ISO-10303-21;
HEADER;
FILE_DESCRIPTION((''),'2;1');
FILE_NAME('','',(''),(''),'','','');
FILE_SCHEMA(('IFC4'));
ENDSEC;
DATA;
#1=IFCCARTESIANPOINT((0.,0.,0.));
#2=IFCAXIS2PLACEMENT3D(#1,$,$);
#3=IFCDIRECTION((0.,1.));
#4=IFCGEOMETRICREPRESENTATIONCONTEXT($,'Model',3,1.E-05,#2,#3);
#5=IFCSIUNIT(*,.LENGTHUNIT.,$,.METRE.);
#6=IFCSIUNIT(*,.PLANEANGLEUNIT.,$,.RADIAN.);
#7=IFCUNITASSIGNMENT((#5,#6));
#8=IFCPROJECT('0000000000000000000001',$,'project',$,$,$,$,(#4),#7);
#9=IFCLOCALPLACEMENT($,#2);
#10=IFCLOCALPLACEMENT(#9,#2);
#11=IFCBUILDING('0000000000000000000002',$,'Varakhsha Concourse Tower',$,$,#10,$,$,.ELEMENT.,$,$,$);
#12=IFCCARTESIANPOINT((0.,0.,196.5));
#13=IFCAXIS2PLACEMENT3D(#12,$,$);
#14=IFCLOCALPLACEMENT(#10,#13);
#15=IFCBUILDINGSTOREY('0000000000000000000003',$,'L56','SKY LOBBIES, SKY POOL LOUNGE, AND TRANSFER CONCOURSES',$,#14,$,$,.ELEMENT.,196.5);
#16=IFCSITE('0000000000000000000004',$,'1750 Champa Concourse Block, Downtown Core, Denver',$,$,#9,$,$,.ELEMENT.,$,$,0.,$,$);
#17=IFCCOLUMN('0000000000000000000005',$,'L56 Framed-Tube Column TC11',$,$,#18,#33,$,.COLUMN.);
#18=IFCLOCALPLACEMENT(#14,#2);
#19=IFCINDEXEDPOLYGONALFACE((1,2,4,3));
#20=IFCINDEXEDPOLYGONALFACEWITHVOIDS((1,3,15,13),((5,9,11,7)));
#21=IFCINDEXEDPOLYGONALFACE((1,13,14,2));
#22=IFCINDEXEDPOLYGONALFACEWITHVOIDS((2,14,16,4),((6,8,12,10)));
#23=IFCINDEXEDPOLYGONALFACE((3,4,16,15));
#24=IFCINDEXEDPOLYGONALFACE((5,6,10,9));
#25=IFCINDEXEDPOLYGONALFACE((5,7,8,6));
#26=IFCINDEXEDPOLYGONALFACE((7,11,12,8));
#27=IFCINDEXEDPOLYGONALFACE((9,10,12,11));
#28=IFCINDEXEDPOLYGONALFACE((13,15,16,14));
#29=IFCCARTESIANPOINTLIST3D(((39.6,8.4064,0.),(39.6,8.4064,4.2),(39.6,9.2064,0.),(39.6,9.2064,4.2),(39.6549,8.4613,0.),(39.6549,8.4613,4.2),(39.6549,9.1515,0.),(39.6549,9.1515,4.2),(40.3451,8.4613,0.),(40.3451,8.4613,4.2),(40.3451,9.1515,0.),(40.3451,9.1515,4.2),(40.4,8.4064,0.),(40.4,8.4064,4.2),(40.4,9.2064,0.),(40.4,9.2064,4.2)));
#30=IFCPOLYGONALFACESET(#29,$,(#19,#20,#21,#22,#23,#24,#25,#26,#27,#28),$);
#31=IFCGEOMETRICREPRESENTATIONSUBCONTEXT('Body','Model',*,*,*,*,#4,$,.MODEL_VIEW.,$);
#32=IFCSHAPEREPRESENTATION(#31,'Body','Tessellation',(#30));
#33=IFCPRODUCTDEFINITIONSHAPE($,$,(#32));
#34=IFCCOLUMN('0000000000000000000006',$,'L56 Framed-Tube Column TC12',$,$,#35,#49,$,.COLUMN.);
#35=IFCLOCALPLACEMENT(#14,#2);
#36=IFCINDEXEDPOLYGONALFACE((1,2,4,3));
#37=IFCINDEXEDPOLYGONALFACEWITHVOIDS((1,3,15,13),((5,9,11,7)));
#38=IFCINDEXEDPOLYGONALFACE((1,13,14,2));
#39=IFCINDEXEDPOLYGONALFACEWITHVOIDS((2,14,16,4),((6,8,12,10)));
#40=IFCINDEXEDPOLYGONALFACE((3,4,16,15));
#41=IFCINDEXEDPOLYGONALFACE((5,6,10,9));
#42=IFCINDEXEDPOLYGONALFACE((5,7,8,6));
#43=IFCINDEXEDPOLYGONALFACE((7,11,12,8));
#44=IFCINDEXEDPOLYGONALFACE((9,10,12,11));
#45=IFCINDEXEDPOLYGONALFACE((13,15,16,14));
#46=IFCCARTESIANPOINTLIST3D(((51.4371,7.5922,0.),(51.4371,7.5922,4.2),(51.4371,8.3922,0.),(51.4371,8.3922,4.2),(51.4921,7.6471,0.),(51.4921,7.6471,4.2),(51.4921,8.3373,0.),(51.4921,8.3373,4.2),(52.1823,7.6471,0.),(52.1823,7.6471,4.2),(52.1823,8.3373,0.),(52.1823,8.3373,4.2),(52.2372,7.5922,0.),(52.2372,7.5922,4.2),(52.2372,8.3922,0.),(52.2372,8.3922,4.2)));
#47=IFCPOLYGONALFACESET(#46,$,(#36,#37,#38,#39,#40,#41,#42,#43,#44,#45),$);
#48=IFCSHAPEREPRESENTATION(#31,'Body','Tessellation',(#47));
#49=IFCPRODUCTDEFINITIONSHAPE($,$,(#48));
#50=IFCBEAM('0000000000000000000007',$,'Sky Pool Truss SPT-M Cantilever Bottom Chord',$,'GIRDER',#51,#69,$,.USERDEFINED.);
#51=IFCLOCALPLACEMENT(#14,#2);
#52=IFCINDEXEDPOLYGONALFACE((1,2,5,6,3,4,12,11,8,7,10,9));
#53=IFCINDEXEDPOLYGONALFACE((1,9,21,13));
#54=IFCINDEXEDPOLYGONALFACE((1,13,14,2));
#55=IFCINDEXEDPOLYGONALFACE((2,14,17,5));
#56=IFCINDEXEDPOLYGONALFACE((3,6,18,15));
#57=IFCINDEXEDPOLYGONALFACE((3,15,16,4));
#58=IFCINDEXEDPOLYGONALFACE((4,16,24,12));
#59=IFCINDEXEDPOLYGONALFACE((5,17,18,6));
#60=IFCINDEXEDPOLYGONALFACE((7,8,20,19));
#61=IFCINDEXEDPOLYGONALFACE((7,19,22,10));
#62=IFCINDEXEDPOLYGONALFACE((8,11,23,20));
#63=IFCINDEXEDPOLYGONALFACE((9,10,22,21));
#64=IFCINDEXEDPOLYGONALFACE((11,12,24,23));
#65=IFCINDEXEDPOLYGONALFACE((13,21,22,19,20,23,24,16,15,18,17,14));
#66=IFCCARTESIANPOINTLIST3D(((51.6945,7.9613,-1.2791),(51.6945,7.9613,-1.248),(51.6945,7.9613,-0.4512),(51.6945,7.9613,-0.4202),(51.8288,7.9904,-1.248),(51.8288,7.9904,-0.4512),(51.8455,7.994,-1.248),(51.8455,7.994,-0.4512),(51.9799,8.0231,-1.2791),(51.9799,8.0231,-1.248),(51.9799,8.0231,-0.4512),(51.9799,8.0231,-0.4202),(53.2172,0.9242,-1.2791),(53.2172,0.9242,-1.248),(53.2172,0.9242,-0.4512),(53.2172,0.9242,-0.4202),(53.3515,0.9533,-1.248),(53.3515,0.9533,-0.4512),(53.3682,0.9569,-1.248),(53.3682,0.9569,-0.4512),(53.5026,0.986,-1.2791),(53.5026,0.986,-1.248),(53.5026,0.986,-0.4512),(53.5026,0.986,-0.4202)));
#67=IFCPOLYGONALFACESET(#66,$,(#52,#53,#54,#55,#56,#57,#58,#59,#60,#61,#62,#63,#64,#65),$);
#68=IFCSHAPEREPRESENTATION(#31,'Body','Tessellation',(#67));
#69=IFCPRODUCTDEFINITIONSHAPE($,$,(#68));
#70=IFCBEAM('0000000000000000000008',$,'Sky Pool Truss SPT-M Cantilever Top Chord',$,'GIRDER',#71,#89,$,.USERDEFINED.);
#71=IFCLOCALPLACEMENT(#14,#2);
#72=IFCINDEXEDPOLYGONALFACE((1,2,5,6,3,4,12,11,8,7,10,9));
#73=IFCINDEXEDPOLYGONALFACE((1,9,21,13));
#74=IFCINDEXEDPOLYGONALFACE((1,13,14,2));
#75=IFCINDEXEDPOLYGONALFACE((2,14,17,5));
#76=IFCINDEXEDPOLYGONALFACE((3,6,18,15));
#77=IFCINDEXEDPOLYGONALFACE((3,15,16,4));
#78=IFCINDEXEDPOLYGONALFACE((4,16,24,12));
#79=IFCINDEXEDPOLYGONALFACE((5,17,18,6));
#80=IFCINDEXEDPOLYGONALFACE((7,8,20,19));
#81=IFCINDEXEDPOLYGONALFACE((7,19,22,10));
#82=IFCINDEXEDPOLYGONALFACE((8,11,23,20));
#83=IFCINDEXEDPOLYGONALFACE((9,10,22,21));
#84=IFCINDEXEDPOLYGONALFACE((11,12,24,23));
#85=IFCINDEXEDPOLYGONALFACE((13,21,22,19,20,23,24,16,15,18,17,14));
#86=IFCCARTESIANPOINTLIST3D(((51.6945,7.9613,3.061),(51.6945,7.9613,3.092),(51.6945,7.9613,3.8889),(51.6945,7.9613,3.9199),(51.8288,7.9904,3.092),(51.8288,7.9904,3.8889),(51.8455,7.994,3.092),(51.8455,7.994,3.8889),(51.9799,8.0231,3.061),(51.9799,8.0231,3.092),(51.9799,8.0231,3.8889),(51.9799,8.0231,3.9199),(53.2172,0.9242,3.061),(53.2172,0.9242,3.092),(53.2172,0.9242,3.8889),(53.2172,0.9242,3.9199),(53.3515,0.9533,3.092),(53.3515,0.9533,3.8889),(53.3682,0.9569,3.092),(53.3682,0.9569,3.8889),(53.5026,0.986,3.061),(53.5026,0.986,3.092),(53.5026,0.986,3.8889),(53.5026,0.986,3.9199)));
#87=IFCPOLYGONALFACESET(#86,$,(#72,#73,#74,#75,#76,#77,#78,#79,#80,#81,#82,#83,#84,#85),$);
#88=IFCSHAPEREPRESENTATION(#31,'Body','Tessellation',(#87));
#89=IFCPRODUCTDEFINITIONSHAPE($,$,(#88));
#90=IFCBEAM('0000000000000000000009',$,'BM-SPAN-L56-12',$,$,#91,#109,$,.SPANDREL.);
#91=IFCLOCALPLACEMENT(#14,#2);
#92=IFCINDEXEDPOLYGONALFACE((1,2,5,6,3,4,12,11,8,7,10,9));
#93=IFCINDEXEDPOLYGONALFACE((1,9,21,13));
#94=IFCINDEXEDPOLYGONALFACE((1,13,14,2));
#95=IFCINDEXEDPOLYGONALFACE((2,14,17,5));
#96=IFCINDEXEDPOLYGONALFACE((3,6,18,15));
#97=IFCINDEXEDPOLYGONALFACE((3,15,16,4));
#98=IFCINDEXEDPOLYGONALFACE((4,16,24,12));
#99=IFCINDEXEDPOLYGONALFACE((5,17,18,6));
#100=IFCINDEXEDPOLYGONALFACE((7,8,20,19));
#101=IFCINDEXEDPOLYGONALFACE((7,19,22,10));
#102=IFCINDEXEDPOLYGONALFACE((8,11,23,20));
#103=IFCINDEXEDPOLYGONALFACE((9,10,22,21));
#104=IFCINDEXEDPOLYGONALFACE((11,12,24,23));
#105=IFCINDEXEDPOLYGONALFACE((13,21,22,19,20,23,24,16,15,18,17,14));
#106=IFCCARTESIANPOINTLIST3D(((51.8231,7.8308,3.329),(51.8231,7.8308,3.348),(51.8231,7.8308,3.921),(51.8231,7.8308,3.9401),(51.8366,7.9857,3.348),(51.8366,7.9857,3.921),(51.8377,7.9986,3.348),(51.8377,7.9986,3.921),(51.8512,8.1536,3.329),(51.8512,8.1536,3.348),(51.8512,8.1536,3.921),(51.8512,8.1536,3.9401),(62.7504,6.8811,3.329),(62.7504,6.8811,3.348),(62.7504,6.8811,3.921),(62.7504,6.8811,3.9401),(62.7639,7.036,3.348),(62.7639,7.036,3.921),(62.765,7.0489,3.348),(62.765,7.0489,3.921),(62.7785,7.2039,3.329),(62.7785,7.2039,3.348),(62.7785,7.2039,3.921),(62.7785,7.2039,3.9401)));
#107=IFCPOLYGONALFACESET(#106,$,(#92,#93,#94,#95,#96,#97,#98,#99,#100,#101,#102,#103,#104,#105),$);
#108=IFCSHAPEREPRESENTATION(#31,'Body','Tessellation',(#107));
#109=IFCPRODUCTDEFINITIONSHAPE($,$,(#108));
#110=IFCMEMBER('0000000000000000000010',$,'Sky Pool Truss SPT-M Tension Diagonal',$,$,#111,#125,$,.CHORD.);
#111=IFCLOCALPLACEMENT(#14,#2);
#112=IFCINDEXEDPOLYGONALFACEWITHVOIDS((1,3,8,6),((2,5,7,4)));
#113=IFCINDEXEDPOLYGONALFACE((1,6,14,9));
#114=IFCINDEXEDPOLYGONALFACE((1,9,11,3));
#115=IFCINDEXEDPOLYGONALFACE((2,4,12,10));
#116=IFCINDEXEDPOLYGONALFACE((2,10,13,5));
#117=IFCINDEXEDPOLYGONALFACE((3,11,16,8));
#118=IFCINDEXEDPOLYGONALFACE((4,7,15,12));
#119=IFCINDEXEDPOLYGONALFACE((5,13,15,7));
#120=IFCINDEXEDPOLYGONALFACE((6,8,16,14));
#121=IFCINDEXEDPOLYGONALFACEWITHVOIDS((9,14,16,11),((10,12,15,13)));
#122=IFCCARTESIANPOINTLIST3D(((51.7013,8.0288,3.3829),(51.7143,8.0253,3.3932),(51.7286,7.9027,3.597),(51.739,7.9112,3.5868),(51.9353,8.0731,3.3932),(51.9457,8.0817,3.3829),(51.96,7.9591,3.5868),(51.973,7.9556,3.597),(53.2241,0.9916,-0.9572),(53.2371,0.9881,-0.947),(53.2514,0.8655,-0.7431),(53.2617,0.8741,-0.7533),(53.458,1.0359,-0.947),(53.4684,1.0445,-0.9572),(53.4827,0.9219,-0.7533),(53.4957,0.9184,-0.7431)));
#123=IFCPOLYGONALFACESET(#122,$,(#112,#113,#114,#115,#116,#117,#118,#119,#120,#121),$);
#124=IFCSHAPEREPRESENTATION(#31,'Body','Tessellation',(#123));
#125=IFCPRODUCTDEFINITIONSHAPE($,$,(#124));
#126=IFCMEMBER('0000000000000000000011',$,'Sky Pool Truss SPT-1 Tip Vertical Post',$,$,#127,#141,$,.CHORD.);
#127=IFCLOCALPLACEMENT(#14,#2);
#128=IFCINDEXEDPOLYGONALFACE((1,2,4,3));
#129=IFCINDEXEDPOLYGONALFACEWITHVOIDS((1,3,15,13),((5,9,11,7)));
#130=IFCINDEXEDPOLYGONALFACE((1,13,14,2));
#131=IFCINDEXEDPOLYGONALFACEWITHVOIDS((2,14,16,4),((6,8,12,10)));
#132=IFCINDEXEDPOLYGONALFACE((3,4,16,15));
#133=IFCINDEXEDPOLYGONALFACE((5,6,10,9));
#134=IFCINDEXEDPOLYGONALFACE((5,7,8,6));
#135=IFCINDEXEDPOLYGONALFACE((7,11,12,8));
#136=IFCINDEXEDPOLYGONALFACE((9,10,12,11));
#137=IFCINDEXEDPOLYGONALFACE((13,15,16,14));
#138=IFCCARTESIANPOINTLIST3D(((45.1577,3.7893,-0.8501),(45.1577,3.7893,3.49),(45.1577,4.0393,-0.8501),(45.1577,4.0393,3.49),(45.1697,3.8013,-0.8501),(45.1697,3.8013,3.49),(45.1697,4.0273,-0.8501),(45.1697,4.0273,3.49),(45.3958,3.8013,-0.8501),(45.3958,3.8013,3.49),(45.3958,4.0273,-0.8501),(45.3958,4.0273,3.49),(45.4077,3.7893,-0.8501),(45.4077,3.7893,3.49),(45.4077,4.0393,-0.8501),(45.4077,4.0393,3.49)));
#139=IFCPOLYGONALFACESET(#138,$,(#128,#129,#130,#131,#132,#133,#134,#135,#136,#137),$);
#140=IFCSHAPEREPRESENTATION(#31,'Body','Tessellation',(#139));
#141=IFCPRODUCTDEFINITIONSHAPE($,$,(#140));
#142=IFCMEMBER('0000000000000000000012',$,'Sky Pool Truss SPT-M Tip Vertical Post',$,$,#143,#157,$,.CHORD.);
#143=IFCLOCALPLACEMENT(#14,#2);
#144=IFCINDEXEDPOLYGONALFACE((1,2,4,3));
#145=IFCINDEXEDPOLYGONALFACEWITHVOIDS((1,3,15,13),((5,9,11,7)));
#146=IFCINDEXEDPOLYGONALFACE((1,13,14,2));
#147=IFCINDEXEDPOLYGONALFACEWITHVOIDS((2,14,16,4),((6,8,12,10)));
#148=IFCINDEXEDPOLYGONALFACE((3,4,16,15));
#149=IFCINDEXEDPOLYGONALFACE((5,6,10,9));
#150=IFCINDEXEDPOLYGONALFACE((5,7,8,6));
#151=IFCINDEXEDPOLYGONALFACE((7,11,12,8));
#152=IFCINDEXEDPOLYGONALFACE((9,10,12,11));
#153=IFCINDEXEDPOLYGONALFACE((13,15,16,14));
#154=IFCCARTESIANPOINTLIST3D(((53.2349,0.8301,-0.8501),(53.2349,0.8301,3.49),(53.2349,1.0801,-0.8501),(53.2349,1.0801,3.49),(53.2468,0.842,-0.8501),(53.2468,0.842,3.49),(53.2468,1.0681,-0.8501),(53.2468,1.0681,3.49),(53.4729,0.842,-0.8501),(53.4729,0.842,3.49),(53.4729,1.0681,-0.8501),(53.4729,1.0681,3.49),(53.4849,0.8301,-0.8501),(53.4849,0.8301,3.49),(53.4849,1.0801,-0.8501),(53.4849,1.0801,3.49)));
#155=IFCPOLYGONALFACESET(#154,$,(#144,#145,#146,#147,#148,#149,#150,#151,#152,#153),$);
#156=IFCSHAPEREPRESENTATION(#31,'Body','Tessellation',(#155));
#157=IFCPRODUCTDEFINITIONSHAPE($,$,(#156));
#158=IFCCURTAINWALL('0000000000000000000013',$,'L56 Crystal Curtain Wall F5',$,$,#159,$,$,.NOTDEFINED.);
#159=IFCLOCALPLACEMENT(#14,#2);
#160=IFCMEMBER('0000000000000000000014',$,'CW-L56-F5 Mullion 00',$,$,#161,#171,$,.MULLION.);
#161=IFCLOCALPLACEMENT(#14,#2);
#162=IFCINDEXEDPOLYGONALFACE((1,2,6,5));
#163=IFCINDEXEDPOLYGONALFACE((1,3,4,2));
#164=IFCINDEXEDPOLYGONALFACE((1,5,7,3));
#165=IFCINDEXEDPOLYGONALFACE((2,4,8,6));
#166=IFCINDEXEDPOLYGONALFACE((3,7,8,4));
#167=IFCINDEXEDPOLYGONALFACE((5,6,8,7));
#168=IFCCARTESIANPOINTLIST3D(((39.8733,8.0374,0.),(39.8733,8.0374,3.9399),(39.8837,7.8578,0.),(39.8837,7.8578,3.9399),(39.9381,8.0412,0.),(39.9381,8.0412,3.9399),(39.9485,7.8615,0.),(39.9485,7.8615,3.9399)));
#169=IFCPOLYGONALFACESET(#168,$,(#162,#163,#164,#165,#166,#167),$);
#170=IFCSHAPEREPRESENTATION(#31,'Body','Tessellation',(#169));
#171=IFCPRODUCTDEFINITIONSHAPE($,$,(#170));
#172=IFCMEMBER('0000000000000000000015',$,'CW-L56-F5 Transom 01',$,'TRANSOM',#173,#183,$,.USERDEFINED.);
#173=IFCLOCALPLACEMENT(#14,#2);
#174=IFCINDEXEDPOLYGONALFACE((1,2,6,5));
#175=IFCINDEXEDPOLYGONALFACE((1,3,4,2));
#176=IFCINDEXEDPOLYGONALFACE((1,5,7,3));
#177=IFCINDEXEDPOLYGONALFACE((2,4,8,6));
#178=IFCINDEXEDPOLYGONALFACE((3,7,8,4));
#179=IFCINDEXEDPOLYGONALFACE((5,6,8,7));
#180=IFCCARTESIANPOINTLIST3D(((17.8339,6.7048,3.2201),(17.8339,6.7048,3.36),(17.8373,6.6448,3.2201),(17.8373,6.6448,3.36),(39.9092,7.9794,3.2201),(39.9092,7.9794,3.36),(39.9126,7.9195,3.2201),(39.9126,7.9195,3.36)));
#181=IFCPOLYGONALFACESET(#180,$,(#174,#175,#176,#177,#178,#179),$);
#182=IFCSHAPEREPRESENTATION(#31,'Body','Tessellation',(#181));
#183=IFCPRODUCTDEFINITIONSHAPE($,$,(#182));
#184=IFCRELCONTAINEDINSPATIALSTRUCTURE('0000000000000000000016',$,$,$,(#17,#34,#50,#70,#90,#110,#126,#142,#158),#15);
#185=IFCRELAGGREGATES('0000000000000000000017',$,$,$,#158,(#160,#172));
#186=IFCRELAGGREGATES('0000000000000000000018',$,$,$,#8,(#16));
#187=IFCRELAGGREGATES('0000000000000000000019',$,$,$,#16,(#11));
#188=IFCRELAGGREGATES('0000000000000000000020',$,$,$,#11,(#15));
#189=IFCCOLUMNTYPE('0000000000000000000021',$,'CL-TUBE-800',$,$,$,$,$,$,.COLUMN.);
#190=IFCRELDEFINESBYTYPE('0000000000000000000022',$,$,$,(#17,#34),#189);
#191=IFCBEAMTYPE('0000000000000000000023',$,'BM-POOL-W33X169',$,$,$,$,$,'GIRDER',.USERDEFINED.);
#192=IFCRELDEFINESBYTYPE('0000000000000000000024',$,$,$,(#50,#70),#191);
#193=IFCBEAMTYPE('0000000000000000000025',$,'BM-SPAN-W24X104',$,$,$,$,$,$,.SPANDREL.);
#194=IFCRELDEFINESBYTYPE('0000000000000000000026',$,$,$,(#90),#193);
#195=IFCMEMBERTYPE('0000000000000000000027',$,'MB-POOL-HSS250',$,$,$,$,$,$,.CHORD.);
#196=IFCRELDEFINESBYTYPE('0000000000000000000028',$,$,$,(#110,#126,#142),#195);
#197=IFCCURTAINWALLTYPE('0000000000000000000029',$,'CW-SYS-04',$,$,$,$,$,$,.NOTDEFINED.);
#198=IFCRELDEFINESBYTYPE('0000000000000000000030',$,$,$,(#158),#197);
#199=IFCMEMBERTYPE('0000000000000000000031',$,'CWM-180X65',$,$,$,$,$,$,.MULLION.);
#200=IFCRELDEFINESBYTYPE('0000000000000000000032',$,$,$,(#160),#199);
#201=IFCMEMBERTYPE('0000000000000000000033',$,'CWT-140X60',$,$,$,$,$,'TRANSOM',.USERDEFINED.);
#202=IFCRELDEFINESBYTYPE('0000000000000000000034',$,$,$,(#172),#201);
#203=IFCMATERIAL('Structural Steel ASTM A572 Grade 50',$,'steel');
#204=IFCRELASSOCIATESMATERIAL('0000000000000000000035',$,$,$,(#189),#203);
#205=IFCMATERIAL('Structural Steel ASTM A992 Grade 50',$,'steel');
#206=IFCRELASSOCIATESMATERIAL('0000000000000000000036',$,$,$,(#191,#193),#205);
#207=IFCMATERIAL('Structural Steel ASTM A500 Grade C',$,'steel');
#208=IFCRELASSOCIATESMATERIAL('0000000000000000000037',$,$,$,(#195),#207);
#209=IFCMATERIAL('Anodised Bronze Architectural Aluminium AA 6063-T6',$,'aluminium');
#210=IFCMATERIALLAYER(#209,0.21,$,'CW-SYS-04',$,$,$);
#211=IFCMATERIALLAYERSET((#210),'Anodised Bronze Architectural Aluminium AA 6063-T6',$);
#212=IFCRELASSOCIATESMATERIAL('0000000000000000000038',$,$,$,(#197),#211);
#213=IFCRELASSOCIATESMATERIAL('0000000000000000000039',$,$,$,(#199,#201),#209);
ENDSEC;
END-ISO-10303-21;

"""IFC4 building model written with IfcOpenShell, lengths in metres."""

from ifc_helpers import new_model, si_unit, direction, frame, origin, origin_2d, place, context, subcontext, project, spatial, rectangle, hollow_rectangle, i_section, extrude, source, transform, mapped, material, layer, layer_set, material_profile, profile_set, type_object, type_shapes, element, aggregate, save


model = new_model("IFC4")

# Units and contexts
model_context = context("Model", 3, precision=1e-05, world=origin(), true_north=direction((0.0, 1.0)))
body_context = subcontext(model_context, "Body", "Model", "MODEL_VIEW")
ifc_project = project(units=[si_unit("LENGTHUNIT", "METRE"), si_unit("PLANEANGLEUNIT", "RADIAN")], contexts=[model_context])

# Site, building, storey
site_placement = place(None, origin())
site = spatial("IfcSite", under=ifc_project, at=site_placement, Name="1750 Champa Concourse Block, Downtown Core, Denver", CompositionType="ELEMENT", RefElevation=0.0)
building_placement = place(site_placement, origin())
building = spatial("IfcBuilding", under=site, at=building_placement, Name="Varakhsha Concourse Tower", CompositionType="ELEMENT")
storey_placement = place(building_placement, frame((0.0, 0.0, 196.5)))
storey = spatial("IfcBuildingStorey", under=building, at=storey_placement, Name="L56", Description="SKY LOBBIES, SKY POOL LOUNGE, AND TRANSFER CONCOURSES", CompositionType="ELEMENT", Elevation=196.5)

# Columns
ifc_material_1 = material(Name="Structural Steel ASTM A572 Grade 50", Category="steel")
ifc_material_profile_1 = material_profile(ifc_material_1, hollow_rectangle(XDim=0.8, YDim=0.8, WallThickness=0.0549, at=origin_2d()), Name="BOX 800x800x55")
ifc_profile_set_1 = profile_set([ifc_material_profile_1], Name="Structural Steel ASTM A572 Grade 50")
column_type = type_object("IfcColumnType", Name="CL-TUBE-800", PredefinedType="COLUMN", material=ifc_profile_set_1)
for number, where, z_axis, x_axis, name in (
    (1, (40.0, 8.8064, 0.0), (0.0, 0.0, 1.0), (1.0, 0.0, 0.0), "L56 Framed-Tube Column TC11"),
    (2, (51.8372, 7.9922, 0.0), (0.0, 0.0, 1.0), (1.0, 0.0, 0.0), "L56 Framed-Tube Column TC12"),
):
    element("IfcColumn", number, at=place(storey_placement, frame(where, z_axis=z_axis, x_axis=x_axis)), inside=storey, type_object=column_type, Name=name, PredefinedType="COLUMN", context=body_context, shape_type="SweptSolid", body=[
        extrude(hollow_rectangle(XDim=0.8, YDim=0.8, WallThickness=0.0549, at=origin_2d()), origin(), (0.0, 0.0, 1.0), 4.2),
    ])

# Beams
ifc_material_2 = material(Name="Structural Steel ASTM A992 Grade 50", Category="steel")
ifc_material_profile_2 = material_profile(ifc_material_2, i_section(OverallWidth=0.292, OverallDepth=0.8589, WebThickness=0.0171, FlangeThickness=0.031, at=origin_2d()), Name="W33X169")
ifc_profile_set_2 = profile_set([ifc_material_profile_2], Name="Structural Steel ASTM A992 Grade 50")
beam_type_1 = type_object("IfcBeamType", Name="BM-POOL-W33X169", ElementType="GIRDER", PredefinedType="USERDEFINED", material=ifc_profile_set_2)
for number, where, z_axis, x_axis, name in (
    (3, (51.8372, 7.9922, -0.8496), (0.211488, -0.977381, 0.0), (0.977381, 0.211488, 0.0), "Sky Pool Truss SPT-M Cantilever Bottom Chord"),
    (4, (51.8372, 7.9922, 3.4905), (0.211488, -0.977381, 0.0), (0.977381, 0.211488, 0.0), "Sky Pool Truss SPT-M Cantilever Top Chord"),
):
    element("IfcBeam", number, at=place(storey_placement, frame(where, z_axis=z_axis, x_axis=x_axis)), inside=storey, type_object=beam_type_1, Name=name, ObjectType="GIRDER", PredefinedType="USERDEFINED", context=body_context, shape_type="SweptSolid", body=[
        extrude(i_section(OverallWidth=0.292, OverallDepth=0.8589, WebThickness=0.0171, FlangeThickness=0.031, at=origin_2d()), origin(), (0.0, 0.0, 1.0), 7.2),
    ])
ifc_material_profile_3 = material_profile(ifc_material_2, i_section(OverallWidth=0.324, OverallDepth=0.6111, WebThickness=0.0129, FlangeThickness=0.019, at=origin_2d()), Name="W24X104")
ifc_profile_set_3 = profile_set([ifc_material_profile_3], Name="Structural Steel ASTM A992 Grade 50")
beam_type_2 = type_object("IfcBeamType", Name="BM-SPAN-W24X104", PredefinedType="SPANDREL", material=ifc_profile_set_3)
beam_placement = place(storey_placement, frame((51.8372, 7.9922, 3.6345), z_axis=(0.996244, -0.086585, 0.0), x_axis=(0.086585, 0.996244, 0.0)))
element("IfcBeam", 5, at=beam_placement, inside=storey, type_object=beam_type_2, Name="BM-SPAN-L56-12", PredefinedType="SPANDREL", context=body_context, shape_type="SweptSolid", body=[
    extrude(i_section(OverallWidth=0.324, OverallDepth=0.6111, WebThickness=0.0129, FlangeThickness=0.019, at=origin_2d()), origin(), (0.0, 0.0, 1.0), 10.9685),
])

# Members
ifc_material_3 = material(Name="Structural Steel ASTM A500 Grade C", Category="steel")
ifc_material_profile_4 = material_profile(ifc_material_3, hollow_rectangle(XDim=0.25, YDim=0.25, WallThickness=0.012, at=origin_2d()), Name="HSS 250x250x12")
ifc_profile_set_4 = profile_set([ifc_material_profile_4], Name="Structural Steel ASTM A500 Grade C")
member_type_1 = type_object("IfcMemberType", Name="MB-POOL-HSS250", PredefinedType="CHORD", material=ifc_profile_set_4)
shared_shape_1 = source(origin(), body_context, "Body", "SweptSolid", [
    extrude(hollow_rectangle(XDim=0.25, YDim=0.25, WallThickness=0.012, at=origin_2d()), origin(), (0.0, 0.0, 1.0), 8.407),
])
member_1_placement = place(storey_placement, frame((51.8372, 7.9922, 3.49), z_axis=(0.181126, -0.837064, -0.516253), x_axis=(0.977381, 0.211488, 0.0)))
element("IfcMember", 6, at=member_1_placement, inside=storey, type_object=member_type_1, Name="Sky Pool Truss SPT-M Tension Diagonal", PredefinedType="CHORD", context=body_context, shape_type="MappedRepresentation", body=[
    mapped(shared_shape_1, transform((0.0, 0.0, 0.0), scale=1.0)),
])
shared_shape_2 = source(origin(), body_context, "Body", "SweptSolid", [
    extrude(hollow_rectangle(XDim=0.25, YDim=0.25, WallThickness=0.012, at=origin_2d()), origin(), (0.0, 0.0, 1.0), 4.3401),
])
type_shapes(member_type_1, [shared_shape_1, shared_shape_2])
for number, where, z_axis, x_axis, name in (
    (7, (45.2827, 3.9143, -0.8501), (0.0, 0.0, 1.0), (1.0, 0.0, 0.0), "Sky Pool Truss SPT-1 Tip Vertical Post"),
    (8, (53.3599, 0.9551, -0.8501), (0.0, 0.0, 1.0), (1.0, 0.0, 0.0), "Sky Pool Truss SPT-M Tip Vertical Post"),
):
    element("IfcMember", number, at=place(storey_placement, frame(where, z_axis=z_axis, x_axis=x_axis)), inside=storey, type_object=member_type_1, Name=name, PredefinedType="CHORD", context=body_context, shape_type="MappedRepresentation", body=[
        mapped(shared_shape_2, transform((0.0, 0.0, 0.0), scale=1.0)),
    ])

# Curtain wall, members
ifc_material_4 = material(Name="Anodised Bronze Architectural Aluminium AA 6063-T6", Category="aluminium")
ifc_layer_1 = layer(ifc_material_4, 0.21, Name="CW-SYS-04")
ifc_layer_set_1 = layer_set([ifc_layer_1], Name="Anodised Bronze Architectural Aluminium AA 6063-T6")
curtain_wall_type = type_object("IfcCurtainWallType", Name="CW-SYS-04", PredefinedType="NOTDEFINED", material=ifc_layer_set_1)
curtain_wall_placement = place(storey_placement, origin())
curtain_wall = element("IfcCurtainWall", 9, at=curtain_wall_placement, inside=storey, type_object=curtain_wall_type, Name="L56 Crystal Curtain Wall F5", PredefinedType="NOTDEFINED")
ifc_material_profile_5 = material_profile(ifc_material_4, rectangle(XDim=0.0649, YDim=0.1799, at=origin_2d()), Name="CWM-180X65")
ifc_profile_set_5 = profile_set([ifc_material_profile_5], Name="Anodised Bronze Architectural Aluminium AA 6063-T6")
member_type_2 = type_object("IfcMemberType", Name="CWM-180X65", PredefinedType="MULLION", material=ifc_profile_set_5)
shared_shape_3 = source(origin(), body_context, "Body", "SweptSolid", [
    extrude(rectangle(XDim=0.0649, YDim=0.1799, at=origin_2d()), origin(), (0.0, 0.0, 1.0), 3.9399),
])
type_shapes(member_type_2, [shared_shape_3])
member_2_placement = place(storey_placement, frame((39.9109, 7.9495, 0.0), z_axis=(0.0, 0.0, 1.0), x_axis=(-0.998337, -0.057639, 0.0)))
member_2 = element("IfcMember", 10, at=member_2_placement, type_object=member_type_2, Name="CW-L56-F5 Mullion 00", PredefinedType="MULLION", context=body_context, shape_type="MappedRepresentation", body=[
    mapped(shared_shape_3, transform((0.0, 0.0, 0.0), scale=1.0)),
])
ifc_material_profile_6 = material_profile(ifc_material_4, rectangle(XDim=0.0601, YDim=0.1399, at=origin_2d()), Name="CWT-140X60")
ifc_profile_set_6 = profile_set([ifc_material_profile_6], Name="Anodised Bronze Architectural Aluminium AA 6063-T6")
member_type_3 = type_object("IfcMemberType", Name="CWT-140X60", ElementType="TRANSOM", PredefinedType="USERDEFINED", material=ifc_profile_set_6)
shared_shape_4 = source(origin(), body_context, "Body", "SweptSolid", [
    extrude(rectangle(XDim=0.0601, YDim=0.1399, at=origin_2d()), origin(), (0.0, 0.0, 1.0), 22.1121),
])
type_shapes(member_type_3, [shared_shape_4])
member_3_placement = place(storey_placement, frame((39.9109, 7.9495, 3.29), z_axis=(-0.998337, -0.057646, 0.0), x_axis=(0.057646, -0.998337, 0.0)))
member_3 = element("IfcMember", 11, at=member_3_placement, type_object=member_type_3, Name="CW-L56-F5 Transom 01", ObjectType="TRANSOM", PredefinedType="USERDEFINED", context=body_context, shape_type="MappedRepresentation", body=[
    mapped(shared_shape_4, transform((0.0, 0.0, 0.0), scale=1.0)),
])
aggregate(curtain_wall, [member_2, member_3])

save(model, "model.ifc")
